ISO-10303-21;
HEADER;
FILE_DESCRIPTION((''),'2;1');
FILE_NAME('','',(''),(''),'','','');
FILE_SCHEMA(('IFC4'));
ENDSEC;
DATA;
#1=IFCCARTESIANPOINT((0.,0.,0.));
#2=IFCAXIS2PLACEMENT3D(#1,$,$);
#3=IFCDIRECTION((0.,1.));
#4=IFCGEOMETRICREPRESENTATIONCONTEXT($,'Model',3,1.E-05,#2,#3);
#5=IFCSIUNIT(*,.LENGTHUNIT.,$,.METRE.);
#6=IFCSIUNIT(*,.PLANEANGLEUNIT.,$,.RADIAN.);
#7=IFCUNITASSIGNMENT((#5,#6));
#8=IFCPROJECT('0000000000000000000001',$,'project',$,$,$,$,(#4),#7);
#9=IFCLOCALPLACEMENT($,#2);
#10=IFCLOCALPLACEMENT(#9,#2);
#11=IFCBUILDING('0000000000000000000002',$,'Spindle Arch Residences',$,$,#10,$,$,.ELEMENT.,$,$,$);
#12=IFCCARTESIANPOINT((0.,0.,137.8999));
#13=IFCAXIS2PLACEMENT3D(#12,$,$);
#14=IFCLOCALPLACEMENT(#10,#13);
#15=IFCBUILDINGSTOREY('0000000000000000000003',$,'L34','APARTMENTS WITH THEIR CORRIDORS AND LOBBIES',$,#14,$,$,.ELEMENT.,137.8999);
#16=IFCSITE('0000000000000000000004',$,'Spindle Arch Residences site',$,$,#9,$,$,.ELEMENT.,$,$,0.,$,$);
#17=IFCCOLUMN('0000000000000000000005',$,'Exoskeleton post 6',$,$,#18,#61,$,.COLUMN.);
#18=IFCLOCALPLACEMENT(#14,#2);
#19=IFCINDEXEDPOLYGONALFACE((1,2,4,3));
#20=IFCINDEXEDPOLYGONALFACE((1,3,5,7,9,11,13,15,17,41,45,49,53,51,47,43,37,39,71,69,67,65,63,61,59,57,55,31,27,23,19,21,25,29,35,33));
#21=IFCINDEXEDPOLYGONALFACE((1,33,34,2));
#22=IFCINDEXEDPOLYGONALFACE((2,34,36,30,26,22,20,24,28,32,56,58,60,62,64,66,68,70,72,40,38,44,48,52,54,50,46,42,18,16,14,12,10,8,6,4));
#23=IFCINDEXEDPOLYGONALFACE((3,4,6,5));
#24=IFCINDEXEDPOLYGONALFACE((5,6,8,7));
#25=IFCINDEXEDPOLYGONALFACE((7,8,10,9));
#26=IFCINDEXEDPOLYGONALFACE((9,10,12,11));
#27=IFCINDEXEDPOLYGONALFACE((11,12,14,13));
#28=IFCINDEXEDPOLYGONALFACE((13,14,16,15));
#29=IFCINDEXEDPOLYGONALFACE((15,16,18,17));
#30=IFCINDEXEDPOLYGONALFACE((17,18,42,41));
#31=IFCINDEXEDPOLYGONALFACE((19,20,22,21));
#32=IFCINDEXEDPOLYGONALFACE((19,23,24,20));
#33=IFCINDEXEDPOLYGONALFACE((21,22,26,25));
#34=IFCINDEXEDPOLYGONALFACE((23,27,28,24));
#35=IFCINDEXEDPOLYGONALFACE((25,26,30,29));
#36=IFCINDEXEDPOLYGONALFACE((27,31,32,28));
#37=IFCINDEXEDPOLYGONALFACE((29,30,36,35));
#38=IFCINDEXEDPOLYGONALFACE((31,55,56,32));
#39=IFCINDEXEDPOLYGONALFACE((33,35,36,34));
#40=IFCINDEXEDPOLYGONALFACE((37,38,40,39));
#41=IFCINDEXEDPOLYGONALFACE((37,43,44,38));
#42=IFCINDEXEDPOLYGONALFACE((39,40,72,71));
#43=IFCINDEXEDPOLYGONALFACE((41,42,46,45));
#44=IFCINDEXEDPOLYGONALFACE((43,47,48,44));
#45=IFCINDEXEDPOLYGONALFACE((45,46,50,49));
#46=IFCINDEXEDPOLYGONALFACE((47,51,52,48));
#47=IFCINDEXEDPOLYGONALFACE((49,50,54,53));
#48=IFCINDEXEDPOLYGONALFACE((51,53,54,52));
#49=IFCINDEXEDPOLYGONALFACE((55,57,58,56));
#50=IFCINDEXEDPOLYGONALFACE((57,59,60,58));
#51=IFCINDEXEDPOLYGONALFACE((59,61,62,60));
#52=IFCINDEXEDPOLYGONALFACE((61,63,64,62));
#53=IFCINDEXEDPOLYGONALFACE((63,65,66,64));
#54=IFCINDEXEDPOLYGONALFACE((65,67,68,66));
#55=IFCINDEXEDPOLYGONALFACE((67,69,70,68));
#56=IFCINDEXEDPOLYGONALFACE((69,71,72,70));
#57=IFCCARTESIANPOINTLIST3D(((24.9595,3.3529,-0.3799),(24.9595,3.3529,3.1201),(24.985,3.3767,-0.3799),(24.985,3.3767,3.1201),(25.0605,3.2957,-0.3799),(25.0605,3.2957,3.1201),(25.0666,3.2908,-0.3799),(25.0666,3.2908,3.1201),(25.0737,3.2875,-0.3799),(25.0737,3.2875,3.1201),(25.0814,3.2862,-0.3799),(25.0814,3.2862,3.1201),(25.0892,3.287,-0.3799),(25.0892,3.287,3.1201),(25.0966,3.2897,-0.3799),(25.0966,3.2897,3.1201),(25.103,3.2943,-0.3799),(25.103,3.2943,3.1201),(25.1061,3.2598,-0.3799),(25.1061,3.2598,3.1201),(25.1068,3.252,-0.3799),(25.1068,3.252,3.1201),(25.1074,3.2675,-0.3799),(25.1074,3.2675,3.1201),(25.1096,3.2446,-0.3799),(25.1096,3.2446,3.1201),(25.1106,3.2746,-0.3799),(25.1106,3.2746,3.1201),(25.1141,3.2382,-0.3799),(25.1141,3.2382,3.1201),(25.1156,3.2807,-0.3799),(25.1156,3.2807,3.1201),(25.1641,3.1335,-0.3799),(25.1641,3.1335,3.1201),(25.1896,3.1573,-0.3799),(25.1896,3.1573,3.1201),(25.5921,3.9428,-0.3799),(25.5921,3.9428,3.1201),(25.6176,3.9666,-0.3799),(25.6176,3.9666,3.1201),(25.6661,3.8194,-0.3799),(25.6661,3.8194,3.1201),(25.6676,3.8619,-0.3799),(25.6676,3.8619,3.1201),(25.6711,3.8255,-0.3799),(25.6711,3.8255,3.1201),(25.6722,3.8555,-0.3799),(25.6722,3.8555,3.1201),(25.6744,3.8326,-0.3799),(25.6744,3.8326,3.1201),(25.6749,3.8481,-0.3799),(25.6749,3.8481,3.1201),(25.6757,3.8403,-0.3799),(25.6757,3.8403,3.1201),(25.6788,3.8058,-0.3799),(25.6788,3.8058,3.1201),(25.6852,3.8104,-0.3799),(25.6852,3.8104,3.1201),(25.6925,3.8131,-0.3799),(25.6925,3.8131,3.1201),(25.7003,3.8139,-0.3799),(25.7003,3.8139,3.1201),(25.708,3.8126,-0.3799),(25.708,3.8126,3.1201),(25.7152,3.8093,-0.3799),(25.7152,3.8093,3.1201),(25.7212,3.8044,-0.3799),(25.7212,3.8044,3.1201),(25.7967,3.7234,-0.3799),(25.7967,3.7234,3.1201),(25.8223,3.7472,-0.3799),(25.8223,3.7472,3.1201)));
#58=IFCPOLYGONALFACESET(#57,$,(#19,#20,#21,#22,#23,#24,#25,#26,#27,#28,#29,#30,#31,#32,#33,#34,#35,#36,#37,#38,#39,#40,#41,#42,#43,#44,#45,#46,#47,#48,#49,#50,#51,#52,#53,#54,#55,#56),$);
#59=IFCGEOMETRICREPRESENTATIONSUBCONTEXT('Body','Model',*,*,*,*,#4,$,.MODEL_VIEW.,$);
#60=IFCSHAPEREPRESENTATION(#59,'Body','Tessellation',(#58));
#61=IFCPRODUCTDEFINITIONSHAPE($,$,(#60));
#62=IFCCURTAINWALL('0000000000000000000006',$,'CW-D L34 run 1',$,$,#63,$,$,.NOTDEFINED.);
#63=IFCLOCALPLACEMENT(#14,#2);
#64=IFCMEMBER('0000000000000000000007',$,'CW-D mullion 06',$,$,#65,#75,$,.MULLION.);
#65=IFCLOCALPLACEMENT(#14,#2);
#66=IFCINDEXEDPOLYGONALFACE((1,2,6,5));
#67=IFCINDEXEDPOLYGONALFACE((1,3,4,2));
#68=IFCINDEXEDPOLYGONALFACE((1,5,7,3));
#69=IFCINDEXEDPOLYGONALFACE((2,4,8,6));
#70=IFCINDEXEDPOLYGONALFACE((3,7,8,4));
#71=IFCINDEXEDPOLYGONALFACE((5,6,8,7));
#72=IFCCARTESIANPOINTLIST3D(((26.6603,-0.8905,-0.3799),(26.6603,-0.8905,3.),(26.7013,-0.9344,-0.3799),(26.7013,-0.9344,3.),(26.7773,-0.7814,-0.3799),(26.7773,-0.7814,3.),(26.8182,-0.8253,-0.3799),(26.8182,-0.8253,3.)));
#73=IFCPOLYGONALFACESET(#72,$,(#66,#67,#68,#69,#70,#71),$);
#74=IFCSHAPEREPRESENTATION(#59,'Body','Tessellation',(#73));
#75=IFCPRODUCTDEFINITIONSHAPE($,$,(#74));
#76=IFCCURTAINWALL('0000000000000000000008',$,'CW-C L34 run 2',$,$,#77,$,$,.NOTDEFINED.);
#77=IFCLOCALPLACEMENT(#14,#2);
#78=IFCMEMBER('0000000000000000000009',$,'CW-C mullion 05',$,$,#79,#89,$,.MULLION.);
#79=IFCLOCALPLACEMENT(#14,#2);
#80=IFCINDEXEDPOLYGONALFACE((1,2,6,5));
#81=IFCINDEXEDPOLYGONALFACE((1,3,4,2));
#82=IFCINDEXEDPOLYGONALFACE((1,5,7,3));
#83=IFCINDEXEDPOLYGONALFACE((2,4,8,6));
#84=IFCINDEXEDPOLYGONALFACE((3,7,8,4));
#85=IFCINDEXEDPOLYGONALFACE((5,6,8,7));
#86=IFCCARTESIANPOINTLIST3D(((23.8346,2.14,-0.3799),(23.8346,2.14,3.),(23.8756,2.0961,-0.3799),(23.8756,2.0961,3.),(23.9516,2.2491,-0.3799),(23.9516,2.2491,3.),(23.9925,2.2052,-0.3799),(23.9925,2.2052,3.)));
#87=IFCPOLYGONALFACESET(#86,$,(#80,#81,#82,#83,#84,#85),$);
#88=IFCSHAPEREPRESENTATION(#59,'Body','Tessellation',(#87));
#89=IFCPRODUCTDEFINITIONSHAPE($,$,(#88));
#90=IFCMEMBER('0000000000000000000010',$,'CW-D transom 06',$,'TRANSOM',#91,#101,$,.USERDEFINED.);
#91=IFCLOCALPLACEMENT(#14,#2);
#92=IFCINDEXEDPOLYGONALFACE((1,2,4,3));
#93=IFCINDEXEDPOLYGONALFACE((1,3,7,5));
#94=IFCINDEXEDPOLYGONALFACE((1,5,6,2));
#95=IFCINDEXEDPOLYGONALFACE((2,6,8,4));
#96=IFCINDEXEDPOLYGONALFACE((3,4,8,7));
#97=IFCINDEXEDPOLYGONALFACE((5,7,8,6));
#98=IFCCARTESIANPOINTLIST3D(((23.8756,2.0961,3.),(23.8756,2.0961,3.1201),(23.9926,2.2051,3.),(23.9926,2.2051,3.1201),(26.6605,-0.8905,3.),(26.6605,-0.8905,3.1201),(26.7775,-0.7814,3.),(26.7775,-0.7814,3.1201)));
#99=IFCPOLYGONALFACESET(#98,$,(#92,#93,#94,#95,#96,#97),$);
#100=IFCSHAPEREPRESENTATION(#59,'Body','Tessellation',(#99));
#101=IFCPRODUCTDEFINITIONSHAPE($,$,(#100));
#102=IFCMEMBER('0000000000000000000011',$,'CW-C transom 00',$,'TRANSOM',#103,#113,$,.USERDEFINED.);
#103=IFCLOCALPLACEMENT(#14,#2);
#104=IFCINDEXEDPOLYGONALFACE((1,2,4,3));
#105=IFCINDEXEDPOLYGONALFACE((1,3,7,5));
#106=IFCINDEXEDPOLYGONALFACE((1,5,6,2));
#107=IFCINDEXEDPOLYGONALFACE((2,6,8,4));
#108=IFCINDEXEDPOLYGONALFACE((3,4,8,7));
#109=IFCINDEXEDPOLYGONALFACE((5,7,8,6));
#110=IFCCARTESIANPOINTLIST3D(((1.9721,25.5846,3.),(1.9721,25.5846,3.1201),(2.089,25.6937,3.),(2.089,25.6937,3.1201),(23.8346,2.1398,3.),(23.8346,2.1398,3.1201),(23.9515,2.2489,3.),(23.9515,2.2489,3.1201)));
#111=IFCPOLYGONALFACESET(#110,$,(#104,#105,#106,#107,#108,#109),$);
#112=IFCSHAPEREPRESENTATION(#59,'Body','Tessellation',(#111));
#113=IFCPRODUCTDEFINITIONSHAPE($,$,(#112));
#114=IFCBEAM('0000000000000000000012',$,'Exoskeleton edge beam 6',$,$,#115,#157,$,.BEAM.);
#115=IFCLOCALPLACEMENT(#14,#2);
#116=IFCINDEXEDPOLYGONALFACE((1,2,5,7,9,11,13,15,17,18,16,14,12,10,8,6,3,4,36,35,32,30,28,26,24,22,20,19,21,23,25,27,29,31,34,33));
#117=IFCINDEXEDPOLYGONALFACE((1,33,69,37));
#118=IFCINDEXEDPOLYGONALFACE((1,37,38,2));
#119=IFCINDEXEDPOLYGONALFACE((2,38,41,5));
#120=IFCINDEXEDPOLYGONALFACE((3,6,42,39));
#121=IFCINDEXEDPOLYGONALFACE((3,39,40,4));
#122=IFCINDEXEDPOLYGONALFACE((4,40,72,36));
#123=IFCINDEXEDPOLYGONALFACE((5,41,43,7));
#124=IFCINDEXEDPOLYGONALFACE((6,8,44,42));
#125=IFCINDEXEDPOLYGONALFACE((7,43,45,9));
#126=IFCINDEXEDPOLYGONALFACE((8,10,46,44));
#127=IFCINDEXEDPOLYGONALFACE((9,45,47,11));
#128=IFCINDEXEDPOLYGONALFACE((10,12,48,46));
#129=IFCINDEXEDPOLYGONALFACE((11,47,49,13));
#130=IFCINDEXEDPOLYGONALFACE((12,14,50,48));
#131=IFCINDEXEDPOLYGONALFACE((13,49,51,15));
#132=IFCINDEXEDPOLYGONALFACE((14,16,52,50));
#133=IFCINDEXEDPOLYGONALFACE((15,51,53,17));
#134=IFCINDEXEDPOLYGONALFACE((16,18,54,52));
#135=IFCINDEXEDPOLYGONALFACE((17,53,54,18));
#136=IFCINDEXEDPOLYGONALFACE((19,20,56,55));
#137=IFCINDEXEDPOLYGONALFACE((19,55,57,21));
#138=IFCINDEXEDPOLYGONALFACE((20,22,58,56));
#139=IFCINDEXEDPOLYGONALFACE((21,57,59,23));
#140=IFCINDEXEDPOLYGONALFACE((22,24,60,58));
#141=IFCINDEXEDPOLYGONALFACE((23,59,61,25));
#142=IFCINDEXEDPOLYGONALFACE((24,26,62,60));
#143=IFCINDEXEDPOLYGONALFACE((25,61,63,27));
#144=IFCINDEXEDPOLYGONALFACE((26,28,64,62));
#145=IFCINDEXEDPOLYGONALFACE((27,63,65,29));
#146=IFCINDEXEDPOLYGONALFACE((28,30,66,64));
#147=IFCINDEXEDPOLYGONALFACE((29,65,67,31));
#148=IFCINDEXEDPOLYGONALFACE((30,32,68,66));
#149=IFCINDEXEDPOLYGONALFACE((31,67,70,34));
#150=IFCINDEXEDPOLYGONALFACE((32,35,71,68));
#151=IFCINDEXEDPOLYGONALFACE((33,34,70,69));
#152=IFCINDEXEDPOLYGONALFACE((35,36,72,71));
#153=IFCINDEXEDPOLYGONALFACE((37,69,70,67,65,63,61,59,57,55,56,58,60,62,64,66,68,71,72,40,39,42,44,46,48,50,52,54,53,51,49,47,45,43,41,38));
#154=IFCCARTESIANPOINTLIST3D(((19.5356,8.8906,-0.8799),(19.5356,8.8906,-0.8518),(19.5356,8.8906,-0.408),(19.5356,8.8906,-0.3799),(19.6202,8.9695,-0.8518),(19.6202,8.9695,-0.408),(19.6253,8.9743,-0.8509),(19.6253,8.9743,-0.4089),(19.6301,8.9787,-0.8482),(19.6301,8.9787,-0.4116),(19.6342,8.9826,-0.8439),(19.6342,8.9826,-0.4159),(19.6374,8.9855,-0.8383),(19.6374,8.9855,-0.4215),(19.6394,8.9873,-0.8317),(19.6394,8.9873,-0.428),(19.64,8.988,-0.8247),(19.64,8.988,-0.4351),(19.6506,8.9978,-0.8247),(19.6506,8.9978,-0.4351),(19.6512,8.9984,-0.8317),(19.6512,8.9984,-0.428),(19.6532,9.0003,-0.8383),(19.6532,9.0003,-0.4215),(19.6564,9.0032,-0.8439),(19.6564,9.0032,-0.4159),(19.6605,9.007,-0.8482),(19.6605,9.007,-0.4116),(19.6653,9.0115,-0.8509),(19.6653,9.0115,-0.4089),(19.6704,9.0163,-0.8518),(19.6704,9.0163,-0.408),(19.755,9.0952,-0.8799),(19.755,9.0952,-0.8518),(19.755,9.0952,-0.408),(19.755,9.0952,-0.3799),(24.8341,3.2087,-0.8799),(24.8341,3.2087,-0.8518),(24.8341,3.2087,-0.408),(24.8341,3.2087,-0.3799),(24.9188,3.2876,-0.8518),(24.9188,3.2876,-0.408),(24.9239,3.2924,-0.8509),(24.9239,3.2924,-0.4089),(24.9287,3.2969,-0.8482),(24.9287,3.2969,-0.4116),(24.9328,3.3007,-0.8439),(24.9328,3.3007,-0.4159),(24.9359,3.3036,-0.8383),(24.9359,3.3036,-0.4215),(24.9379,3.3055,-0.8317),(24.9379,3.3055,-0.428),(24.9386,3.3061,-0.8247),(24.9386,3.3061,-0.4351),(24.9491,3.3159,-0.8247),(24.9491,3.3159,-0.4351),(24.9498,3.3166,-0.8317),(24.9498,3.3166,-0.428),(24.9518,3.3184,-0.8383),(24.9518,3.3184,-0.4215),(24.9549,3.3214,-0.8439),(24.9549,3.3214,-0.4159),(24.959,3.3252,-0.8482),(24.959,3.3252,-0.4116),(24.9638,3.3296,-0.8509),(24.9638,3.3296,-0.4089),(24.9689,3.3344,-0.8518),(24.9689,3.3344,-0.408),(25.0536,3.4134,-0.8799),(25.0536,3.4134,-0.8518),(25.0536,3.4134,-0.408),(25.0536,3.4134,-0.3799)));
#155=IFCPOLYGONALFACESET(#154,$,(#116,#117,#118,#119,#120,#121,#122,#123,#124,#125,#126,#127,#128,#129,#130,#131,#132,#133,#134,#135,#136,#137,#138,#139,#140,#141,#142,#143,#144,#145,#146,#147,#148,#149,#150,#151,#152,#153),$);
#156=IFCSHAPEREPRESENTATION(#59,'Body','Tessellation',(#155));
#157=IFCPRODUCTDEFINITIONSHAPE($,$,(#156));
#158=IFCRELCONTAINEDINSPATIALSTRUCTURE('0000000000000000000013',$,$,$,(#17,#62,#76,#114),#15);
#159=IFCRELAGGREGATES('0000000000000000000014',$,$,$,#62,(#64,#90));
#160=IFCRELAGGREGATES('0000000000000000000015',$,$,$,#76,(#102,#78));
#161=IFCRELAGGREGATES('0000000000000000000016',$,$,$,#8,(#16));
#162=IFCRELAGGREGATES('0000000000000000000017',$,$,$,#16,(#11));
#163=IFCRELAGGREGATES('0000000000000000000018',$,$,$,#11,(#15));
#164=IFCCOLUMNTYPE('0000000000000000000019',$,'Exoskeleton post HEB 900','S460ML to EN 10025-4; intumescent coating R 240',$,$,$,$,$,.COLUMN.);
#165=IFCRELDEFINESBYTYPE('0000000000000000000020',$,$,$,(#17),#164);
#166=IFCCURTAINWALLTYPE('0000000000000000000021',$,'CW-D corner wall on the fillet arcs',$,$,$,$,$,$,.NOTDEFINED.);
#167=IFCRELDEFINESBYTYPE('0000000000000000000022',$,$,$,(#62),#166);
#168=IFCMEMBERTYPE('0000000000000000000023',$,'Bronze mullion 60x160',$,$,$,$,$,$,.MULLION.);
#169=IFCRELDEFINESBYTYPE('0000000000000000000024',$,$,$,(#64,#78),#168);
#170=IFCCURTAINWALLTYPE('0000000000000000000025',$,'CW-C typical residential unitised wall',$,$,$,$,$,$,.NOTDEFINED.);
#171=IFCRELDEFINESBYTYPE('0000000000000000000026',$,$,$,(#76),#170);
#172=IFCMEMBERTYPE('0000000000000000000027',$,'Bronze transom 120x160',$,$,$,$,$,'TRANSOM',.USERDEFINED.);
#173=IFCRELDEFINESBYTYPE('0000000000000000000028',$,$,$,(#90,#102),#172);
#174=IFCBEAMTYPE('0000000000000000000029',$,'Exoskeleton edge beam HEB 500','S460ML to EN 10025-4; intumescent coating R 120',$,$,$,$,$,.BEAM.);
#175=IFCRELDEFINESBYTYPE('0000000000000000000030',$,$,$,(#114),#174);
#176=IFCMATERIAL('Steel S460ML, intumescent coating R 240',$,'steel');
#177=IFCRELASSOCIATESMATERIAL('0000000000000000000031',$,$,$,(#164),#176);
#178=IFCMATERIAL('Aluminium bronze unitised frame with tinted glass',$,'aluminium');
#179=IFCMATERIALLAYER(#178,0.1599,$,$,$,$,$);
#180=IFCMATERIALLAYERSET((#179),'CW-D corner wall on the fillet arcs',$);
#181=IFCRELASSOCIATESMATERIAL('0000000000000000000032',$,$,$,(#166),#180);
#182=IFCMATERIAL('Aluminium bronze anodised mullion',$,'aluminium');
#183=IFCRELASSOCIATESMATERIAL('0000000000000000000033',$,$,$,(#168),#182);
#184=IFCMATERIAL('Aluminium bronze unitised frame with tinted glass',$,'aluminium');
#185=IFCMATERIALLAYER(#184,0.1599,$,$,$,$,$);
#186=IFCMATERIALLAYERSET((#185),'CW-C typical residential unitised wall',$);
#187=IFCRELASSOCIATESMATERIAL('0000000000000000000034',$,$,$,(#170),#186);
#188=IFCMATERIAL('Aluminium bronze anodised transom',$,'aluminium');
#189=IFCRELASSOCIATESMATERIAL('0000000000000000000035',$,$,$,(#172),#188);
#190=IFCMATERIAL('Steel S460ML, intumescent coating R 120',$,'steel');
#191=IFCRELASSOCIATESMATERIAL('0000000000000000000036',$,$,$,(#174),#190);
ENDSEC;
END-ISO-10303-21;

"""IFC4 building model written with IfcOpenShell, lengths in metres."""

from ifc_helpers import new_model, si_unit, direction, frame, origin, origin_2d, place, context, subcontext, project, spatial, rectangle, i_section, extrude, material, layer, layer_set, material_profile, profile_set, type_object, element, aggregate, save


model = new_model("IFC4")

# Units and contexts
model_context = context("Model", 3, precision=1e-05, world=origin(), true_north=direction((0.0, 1.0)))
body_context = subcontext(model_context, "Body", "Model", "MODEL_VIEW")
ifc_project = project(units=[si_unit("LENGTHUNIT", "METRE"), si_unit("PLANEANGLEUNIT", "RADIAN")], contexts=[model_context])

# Site, building, storey
site_placement = place(None, origin())
site = spatial("IfcSite", under=ifc_project, at=site_placement, Name="Spindle Arch Residences site", CompositionType="ELEMENT", RefElevation=0.0)
building_placement = place(site_placement, origin())
building = spatial("IfcBuilding", under=site, at=building_placement, Name="Spindle Arch Residences", CompositionType="ELEMENT")
storey_placement = place(building_placement, frame((0.0, 0.0, 137.8999)))
storey = spatial("IfcBuildingStorey", under=building, at=storey_placement, Name="L34", Description="APARTMENTS WITH THEIR CORRIDORS AND LOBBIES", CompositionType="ELEMENT", Elevation=137.8999)

# Column
ifc_material_1 = material(Name="Steel S460ML, intumescent coating R 240", Category="steel")
ifc_material_profile_1 = material_profile(ifc_material_1, i_section(OverallWidth=0.3, OverallDepth=0.8999, WebThickness=0.0186, FlangeThickness=0.0349, FilletRadius=0.03, at=origin_2d()), Name="HEB 900")
ifc_profile_set_1 = profile_set([ifc_material_profile_1], Name="Steel S460ML, intumescent coating R 240")
column_type = type_object("IfcColumnType", Name="Exoskeleton post HEB 900", Description="S460ML to EN 10025-4; intumescent coating R 240", PredefinedType="COLUMN", material=ifc_profile_set_1)
column_placement = place(storey_placement, frame((25.3909, 3.55, -0.3799), z_axis=(0.0, 0.0, 1.0), x_axis=(0.681998, -0.731354, 0.0)))
element("IfcColumn", 1, at=column_placement, inside=storey, type_object=column_type, Name="Exoskeleton post 6", PredefinedType="COLUMN", context=body_context, shape_type="SweptSolid", body=[
    extrude(i_section(OverallWidth=0.3, OverallDepth=0.8999, WebThickness=0.0186, FlangeThickness=0.0349, FilletRadius=0.03, at=origin_2d()), origin(), (0.0, 0.0, 1.0), 3.5),
])

# Curtain walls, members
ifc_material_2 = material(Name="Aluminium bronze unitised frame with tinted glass", Category="aluminium")
ifc_layer_1 = layer(ifc_material_2, 0.1599)
ifc_layer_set_1 = layer_set([ifc_layer_1], Name="CW-D corner wall on the fillet arcs")
curtain_wall_type_1 = type_object("IfcCurtainWallType", Name="CW-D corner wall on the fillet arcs", PredefinedType="NOTDEFINED", material=ifc_layer_set_1)
curtain_wall_1_placement = place(storey_placement, origin())
curtain_wall_1 = element("IfcCurtainWall", 2, at=curtain_wall_1_placement, inside=storey, type_object=curtain_wall_type_1, Name="CW-D L34 run 1", PredefinedType="NOTDEFINED")
ifc_material_3 = material(Name="Aluminium bronze anodised mullion", Category="aluminium")
ifc_material_profile_2 = material_profile(ifc_material_3, rectangle(XDim=0.1599, YDim=0.0601, at=origin_2d()), Name="MU 60x160")
ifc_profile_set_2 = profile_set([ifc_material_profile_2], Name="Aluminium bronze anodised mullion")
member_type_1 = type_object("IfcMemberType", Name="Bronze mullion 60x160", PredefinedType="MULLION", material=ifc_profile_set_2)
member_1_placement = place(storey_placement, frame((26.7393, -0.8579, -0.3799), z_axis=(0.0, 0.0, 1.0), x_axis=(-0.731354, -0.681998, 0.0)))
member_1 = element("IfcMember", 3, at=member_1_placement, type_object=member_type_1, Name="CW-D mullion 06", PredefinedType="MULLION", context=body_context, shape_type="SweptSolid", body=[
    extrude(rectangle(XDim=0.1599, YDim=0.0601, at=origin_2d()), origin(), (0.0, 0.0, 1.0), 3.3799),
])
ifc_material_4 = material(Name="Aluminium bronze unitised frame with tinted glass", Category="aluminium")
ifc_layer_2 = layer(ifc_material_4, 0.1599)
ifc_layer_set_2 = layer_set([ifc_layer_2], Name="CW-C typical residential unitised wall")
curtain_wall_type_2 = type_object("IfcCurtainWallType", Name="CW-C typical residential unitised wall", PredefinedType="NOTDEFINED", material=ifc_layer_set_2)
curtain_wall_2_placement = place(storey_placement, origin())
curtain_wall_2 = element("IfcCurtainWall", 4, at=curtain_wall_2_placement, inside=storey, type_object=curtain_wall_type_2, Name="CW-C L34 run 2", PredefinedType="NOTDEFINED")
member_2_placement = place(storey_placement, frame((23.9136, 2.1726, -0.3799), z_axis=(0.0, 0.0, 1.0), x_axis=(-0.731354, -0.681998, 0.0)))
member_2 = element("IfcMember", 5, at=member_2_placement, type_object=member_type_1, Name="CW-C mullion 05", PredefinedType="MULLION", context=body_context, shape_type="SweptSolid", body=[
    extrude(rectangle(XDim=0.1599, YDim=0.0601, at=origin_2d()), origin(), (0.0, 0.0, 1.0), 3.3799),
])

# Members
ifc_material_5 = material(Name="Aluminium bronze anodised transom", Category="aluminium")
ifc_material_profile_3 = material_profile(ifc_material_5, rectangle(XDim=0.1599, YDim=0.1201, at=origin_2d()), Name="TR 120x160")
ifc_profile_set_3 = profile_set([ifc_material_profile_3], Name="Aluminium bronze anodised transom")
member_type_2 = type_object("IfcMemberType", Name="Bronze transom 120x160", ElementType="TRANSOM", PredefinedType="USERDEFINED", material=ifc_profile_set_3)
member_3_placement = place(storey_placement, frame((26.719, -0.8359, 3.0601), z_axis=(-0.681984, 0.731367, 0.0), x_axis=(-0.731367, -0.681984, 0.0)))
member_3 = element("IfcMember", 6, at=member_3_placement, type_object=member_type_2, Name="CW-D transom 06", ObjectType="TRANSOM", PredefinedType="USERDEFINED", context=body_context, shape_type="SweptSolid", body=[
    extrude(rectangle(XDim=0.1599, YDim=0.1201, at=origin_2d()), origin(), (0.0, 0.0, 1.0), 4.0835),
])
member_4_placement = place(storey_placement, frame((23.8931, 2.1943, 3.0601), z_axis=(-0.681997, 0.731355, 0.0), x_axis=(-0.731355, -0.681997, 0.0)))
member_4 = element("IfcMember", 7, at=member_4_placement, type_object=member_type_2, Name="CW-C transom 00", ObjectType="TRANSOM", PredefinedType="USERDEFINED", context=body_context, shape_type="SweptSolid", body=[
    extrude(rectangle(XDim=0.1599, YDim=0.1201, at=origin_2d()), origin(), (0.0, 0.0, 1.0), 32.0566),
])

# Beam
ifc_material_6 = material(Name="Steel S460ML, intumescent coating R 120", Category="steel")
ifc_material_profile_4 = material_profile(ifc_material_6, i_section(OverallWidth=0.3, OverallDepth=0.5, WebThickness=0.0144, FlangeThickness=0.0281, FilletRadius=0.0271, at=origin_2d()), Name="HEB 500")
ifc_profile_set_4 = profile_set([ifc_material_profile_4], Name="Steel S460ML, intumescent coating R 120")
beam_type_1 = type_object("IfcBeamType", Name="Exoskeleton edge beam HEB 500", Description="S460ML to EN 10025-4; intumescent coating R 120", PredefinedType="BEAM", material=ifc_profile_set_4)
beam_1_placement = place(storey_placement, frame((24.9438, 3.311, -0.6299), z_axis=(-0.682008, 0.731345, 0.0), x_axis=(-0.731345, -0.682008, 0.0)))
element("IfcBeam", 8, at=beam_1_placement, inside=storey, type_object=beam_type_1, Name="Exoskeleton edge beam 6", PredefinedType="BEAM", context=body_context, shape_type="SweptSolid", body=[
    extrude(i_section(OverallWidth=0.3, OverallDepth=0.5, WebThickness=0.0144, FlangeThickness=0.0281, FilletRadius=0.0271, at=origin_2d()), origin(), (0.0, 0.0, 1.0), 7.769),
])

aggregate(curtain_wall_1, [member_1, member_3])
aggregate(curtain_wall_2, [member_4, member_2])

save(model, "model.ifc")
